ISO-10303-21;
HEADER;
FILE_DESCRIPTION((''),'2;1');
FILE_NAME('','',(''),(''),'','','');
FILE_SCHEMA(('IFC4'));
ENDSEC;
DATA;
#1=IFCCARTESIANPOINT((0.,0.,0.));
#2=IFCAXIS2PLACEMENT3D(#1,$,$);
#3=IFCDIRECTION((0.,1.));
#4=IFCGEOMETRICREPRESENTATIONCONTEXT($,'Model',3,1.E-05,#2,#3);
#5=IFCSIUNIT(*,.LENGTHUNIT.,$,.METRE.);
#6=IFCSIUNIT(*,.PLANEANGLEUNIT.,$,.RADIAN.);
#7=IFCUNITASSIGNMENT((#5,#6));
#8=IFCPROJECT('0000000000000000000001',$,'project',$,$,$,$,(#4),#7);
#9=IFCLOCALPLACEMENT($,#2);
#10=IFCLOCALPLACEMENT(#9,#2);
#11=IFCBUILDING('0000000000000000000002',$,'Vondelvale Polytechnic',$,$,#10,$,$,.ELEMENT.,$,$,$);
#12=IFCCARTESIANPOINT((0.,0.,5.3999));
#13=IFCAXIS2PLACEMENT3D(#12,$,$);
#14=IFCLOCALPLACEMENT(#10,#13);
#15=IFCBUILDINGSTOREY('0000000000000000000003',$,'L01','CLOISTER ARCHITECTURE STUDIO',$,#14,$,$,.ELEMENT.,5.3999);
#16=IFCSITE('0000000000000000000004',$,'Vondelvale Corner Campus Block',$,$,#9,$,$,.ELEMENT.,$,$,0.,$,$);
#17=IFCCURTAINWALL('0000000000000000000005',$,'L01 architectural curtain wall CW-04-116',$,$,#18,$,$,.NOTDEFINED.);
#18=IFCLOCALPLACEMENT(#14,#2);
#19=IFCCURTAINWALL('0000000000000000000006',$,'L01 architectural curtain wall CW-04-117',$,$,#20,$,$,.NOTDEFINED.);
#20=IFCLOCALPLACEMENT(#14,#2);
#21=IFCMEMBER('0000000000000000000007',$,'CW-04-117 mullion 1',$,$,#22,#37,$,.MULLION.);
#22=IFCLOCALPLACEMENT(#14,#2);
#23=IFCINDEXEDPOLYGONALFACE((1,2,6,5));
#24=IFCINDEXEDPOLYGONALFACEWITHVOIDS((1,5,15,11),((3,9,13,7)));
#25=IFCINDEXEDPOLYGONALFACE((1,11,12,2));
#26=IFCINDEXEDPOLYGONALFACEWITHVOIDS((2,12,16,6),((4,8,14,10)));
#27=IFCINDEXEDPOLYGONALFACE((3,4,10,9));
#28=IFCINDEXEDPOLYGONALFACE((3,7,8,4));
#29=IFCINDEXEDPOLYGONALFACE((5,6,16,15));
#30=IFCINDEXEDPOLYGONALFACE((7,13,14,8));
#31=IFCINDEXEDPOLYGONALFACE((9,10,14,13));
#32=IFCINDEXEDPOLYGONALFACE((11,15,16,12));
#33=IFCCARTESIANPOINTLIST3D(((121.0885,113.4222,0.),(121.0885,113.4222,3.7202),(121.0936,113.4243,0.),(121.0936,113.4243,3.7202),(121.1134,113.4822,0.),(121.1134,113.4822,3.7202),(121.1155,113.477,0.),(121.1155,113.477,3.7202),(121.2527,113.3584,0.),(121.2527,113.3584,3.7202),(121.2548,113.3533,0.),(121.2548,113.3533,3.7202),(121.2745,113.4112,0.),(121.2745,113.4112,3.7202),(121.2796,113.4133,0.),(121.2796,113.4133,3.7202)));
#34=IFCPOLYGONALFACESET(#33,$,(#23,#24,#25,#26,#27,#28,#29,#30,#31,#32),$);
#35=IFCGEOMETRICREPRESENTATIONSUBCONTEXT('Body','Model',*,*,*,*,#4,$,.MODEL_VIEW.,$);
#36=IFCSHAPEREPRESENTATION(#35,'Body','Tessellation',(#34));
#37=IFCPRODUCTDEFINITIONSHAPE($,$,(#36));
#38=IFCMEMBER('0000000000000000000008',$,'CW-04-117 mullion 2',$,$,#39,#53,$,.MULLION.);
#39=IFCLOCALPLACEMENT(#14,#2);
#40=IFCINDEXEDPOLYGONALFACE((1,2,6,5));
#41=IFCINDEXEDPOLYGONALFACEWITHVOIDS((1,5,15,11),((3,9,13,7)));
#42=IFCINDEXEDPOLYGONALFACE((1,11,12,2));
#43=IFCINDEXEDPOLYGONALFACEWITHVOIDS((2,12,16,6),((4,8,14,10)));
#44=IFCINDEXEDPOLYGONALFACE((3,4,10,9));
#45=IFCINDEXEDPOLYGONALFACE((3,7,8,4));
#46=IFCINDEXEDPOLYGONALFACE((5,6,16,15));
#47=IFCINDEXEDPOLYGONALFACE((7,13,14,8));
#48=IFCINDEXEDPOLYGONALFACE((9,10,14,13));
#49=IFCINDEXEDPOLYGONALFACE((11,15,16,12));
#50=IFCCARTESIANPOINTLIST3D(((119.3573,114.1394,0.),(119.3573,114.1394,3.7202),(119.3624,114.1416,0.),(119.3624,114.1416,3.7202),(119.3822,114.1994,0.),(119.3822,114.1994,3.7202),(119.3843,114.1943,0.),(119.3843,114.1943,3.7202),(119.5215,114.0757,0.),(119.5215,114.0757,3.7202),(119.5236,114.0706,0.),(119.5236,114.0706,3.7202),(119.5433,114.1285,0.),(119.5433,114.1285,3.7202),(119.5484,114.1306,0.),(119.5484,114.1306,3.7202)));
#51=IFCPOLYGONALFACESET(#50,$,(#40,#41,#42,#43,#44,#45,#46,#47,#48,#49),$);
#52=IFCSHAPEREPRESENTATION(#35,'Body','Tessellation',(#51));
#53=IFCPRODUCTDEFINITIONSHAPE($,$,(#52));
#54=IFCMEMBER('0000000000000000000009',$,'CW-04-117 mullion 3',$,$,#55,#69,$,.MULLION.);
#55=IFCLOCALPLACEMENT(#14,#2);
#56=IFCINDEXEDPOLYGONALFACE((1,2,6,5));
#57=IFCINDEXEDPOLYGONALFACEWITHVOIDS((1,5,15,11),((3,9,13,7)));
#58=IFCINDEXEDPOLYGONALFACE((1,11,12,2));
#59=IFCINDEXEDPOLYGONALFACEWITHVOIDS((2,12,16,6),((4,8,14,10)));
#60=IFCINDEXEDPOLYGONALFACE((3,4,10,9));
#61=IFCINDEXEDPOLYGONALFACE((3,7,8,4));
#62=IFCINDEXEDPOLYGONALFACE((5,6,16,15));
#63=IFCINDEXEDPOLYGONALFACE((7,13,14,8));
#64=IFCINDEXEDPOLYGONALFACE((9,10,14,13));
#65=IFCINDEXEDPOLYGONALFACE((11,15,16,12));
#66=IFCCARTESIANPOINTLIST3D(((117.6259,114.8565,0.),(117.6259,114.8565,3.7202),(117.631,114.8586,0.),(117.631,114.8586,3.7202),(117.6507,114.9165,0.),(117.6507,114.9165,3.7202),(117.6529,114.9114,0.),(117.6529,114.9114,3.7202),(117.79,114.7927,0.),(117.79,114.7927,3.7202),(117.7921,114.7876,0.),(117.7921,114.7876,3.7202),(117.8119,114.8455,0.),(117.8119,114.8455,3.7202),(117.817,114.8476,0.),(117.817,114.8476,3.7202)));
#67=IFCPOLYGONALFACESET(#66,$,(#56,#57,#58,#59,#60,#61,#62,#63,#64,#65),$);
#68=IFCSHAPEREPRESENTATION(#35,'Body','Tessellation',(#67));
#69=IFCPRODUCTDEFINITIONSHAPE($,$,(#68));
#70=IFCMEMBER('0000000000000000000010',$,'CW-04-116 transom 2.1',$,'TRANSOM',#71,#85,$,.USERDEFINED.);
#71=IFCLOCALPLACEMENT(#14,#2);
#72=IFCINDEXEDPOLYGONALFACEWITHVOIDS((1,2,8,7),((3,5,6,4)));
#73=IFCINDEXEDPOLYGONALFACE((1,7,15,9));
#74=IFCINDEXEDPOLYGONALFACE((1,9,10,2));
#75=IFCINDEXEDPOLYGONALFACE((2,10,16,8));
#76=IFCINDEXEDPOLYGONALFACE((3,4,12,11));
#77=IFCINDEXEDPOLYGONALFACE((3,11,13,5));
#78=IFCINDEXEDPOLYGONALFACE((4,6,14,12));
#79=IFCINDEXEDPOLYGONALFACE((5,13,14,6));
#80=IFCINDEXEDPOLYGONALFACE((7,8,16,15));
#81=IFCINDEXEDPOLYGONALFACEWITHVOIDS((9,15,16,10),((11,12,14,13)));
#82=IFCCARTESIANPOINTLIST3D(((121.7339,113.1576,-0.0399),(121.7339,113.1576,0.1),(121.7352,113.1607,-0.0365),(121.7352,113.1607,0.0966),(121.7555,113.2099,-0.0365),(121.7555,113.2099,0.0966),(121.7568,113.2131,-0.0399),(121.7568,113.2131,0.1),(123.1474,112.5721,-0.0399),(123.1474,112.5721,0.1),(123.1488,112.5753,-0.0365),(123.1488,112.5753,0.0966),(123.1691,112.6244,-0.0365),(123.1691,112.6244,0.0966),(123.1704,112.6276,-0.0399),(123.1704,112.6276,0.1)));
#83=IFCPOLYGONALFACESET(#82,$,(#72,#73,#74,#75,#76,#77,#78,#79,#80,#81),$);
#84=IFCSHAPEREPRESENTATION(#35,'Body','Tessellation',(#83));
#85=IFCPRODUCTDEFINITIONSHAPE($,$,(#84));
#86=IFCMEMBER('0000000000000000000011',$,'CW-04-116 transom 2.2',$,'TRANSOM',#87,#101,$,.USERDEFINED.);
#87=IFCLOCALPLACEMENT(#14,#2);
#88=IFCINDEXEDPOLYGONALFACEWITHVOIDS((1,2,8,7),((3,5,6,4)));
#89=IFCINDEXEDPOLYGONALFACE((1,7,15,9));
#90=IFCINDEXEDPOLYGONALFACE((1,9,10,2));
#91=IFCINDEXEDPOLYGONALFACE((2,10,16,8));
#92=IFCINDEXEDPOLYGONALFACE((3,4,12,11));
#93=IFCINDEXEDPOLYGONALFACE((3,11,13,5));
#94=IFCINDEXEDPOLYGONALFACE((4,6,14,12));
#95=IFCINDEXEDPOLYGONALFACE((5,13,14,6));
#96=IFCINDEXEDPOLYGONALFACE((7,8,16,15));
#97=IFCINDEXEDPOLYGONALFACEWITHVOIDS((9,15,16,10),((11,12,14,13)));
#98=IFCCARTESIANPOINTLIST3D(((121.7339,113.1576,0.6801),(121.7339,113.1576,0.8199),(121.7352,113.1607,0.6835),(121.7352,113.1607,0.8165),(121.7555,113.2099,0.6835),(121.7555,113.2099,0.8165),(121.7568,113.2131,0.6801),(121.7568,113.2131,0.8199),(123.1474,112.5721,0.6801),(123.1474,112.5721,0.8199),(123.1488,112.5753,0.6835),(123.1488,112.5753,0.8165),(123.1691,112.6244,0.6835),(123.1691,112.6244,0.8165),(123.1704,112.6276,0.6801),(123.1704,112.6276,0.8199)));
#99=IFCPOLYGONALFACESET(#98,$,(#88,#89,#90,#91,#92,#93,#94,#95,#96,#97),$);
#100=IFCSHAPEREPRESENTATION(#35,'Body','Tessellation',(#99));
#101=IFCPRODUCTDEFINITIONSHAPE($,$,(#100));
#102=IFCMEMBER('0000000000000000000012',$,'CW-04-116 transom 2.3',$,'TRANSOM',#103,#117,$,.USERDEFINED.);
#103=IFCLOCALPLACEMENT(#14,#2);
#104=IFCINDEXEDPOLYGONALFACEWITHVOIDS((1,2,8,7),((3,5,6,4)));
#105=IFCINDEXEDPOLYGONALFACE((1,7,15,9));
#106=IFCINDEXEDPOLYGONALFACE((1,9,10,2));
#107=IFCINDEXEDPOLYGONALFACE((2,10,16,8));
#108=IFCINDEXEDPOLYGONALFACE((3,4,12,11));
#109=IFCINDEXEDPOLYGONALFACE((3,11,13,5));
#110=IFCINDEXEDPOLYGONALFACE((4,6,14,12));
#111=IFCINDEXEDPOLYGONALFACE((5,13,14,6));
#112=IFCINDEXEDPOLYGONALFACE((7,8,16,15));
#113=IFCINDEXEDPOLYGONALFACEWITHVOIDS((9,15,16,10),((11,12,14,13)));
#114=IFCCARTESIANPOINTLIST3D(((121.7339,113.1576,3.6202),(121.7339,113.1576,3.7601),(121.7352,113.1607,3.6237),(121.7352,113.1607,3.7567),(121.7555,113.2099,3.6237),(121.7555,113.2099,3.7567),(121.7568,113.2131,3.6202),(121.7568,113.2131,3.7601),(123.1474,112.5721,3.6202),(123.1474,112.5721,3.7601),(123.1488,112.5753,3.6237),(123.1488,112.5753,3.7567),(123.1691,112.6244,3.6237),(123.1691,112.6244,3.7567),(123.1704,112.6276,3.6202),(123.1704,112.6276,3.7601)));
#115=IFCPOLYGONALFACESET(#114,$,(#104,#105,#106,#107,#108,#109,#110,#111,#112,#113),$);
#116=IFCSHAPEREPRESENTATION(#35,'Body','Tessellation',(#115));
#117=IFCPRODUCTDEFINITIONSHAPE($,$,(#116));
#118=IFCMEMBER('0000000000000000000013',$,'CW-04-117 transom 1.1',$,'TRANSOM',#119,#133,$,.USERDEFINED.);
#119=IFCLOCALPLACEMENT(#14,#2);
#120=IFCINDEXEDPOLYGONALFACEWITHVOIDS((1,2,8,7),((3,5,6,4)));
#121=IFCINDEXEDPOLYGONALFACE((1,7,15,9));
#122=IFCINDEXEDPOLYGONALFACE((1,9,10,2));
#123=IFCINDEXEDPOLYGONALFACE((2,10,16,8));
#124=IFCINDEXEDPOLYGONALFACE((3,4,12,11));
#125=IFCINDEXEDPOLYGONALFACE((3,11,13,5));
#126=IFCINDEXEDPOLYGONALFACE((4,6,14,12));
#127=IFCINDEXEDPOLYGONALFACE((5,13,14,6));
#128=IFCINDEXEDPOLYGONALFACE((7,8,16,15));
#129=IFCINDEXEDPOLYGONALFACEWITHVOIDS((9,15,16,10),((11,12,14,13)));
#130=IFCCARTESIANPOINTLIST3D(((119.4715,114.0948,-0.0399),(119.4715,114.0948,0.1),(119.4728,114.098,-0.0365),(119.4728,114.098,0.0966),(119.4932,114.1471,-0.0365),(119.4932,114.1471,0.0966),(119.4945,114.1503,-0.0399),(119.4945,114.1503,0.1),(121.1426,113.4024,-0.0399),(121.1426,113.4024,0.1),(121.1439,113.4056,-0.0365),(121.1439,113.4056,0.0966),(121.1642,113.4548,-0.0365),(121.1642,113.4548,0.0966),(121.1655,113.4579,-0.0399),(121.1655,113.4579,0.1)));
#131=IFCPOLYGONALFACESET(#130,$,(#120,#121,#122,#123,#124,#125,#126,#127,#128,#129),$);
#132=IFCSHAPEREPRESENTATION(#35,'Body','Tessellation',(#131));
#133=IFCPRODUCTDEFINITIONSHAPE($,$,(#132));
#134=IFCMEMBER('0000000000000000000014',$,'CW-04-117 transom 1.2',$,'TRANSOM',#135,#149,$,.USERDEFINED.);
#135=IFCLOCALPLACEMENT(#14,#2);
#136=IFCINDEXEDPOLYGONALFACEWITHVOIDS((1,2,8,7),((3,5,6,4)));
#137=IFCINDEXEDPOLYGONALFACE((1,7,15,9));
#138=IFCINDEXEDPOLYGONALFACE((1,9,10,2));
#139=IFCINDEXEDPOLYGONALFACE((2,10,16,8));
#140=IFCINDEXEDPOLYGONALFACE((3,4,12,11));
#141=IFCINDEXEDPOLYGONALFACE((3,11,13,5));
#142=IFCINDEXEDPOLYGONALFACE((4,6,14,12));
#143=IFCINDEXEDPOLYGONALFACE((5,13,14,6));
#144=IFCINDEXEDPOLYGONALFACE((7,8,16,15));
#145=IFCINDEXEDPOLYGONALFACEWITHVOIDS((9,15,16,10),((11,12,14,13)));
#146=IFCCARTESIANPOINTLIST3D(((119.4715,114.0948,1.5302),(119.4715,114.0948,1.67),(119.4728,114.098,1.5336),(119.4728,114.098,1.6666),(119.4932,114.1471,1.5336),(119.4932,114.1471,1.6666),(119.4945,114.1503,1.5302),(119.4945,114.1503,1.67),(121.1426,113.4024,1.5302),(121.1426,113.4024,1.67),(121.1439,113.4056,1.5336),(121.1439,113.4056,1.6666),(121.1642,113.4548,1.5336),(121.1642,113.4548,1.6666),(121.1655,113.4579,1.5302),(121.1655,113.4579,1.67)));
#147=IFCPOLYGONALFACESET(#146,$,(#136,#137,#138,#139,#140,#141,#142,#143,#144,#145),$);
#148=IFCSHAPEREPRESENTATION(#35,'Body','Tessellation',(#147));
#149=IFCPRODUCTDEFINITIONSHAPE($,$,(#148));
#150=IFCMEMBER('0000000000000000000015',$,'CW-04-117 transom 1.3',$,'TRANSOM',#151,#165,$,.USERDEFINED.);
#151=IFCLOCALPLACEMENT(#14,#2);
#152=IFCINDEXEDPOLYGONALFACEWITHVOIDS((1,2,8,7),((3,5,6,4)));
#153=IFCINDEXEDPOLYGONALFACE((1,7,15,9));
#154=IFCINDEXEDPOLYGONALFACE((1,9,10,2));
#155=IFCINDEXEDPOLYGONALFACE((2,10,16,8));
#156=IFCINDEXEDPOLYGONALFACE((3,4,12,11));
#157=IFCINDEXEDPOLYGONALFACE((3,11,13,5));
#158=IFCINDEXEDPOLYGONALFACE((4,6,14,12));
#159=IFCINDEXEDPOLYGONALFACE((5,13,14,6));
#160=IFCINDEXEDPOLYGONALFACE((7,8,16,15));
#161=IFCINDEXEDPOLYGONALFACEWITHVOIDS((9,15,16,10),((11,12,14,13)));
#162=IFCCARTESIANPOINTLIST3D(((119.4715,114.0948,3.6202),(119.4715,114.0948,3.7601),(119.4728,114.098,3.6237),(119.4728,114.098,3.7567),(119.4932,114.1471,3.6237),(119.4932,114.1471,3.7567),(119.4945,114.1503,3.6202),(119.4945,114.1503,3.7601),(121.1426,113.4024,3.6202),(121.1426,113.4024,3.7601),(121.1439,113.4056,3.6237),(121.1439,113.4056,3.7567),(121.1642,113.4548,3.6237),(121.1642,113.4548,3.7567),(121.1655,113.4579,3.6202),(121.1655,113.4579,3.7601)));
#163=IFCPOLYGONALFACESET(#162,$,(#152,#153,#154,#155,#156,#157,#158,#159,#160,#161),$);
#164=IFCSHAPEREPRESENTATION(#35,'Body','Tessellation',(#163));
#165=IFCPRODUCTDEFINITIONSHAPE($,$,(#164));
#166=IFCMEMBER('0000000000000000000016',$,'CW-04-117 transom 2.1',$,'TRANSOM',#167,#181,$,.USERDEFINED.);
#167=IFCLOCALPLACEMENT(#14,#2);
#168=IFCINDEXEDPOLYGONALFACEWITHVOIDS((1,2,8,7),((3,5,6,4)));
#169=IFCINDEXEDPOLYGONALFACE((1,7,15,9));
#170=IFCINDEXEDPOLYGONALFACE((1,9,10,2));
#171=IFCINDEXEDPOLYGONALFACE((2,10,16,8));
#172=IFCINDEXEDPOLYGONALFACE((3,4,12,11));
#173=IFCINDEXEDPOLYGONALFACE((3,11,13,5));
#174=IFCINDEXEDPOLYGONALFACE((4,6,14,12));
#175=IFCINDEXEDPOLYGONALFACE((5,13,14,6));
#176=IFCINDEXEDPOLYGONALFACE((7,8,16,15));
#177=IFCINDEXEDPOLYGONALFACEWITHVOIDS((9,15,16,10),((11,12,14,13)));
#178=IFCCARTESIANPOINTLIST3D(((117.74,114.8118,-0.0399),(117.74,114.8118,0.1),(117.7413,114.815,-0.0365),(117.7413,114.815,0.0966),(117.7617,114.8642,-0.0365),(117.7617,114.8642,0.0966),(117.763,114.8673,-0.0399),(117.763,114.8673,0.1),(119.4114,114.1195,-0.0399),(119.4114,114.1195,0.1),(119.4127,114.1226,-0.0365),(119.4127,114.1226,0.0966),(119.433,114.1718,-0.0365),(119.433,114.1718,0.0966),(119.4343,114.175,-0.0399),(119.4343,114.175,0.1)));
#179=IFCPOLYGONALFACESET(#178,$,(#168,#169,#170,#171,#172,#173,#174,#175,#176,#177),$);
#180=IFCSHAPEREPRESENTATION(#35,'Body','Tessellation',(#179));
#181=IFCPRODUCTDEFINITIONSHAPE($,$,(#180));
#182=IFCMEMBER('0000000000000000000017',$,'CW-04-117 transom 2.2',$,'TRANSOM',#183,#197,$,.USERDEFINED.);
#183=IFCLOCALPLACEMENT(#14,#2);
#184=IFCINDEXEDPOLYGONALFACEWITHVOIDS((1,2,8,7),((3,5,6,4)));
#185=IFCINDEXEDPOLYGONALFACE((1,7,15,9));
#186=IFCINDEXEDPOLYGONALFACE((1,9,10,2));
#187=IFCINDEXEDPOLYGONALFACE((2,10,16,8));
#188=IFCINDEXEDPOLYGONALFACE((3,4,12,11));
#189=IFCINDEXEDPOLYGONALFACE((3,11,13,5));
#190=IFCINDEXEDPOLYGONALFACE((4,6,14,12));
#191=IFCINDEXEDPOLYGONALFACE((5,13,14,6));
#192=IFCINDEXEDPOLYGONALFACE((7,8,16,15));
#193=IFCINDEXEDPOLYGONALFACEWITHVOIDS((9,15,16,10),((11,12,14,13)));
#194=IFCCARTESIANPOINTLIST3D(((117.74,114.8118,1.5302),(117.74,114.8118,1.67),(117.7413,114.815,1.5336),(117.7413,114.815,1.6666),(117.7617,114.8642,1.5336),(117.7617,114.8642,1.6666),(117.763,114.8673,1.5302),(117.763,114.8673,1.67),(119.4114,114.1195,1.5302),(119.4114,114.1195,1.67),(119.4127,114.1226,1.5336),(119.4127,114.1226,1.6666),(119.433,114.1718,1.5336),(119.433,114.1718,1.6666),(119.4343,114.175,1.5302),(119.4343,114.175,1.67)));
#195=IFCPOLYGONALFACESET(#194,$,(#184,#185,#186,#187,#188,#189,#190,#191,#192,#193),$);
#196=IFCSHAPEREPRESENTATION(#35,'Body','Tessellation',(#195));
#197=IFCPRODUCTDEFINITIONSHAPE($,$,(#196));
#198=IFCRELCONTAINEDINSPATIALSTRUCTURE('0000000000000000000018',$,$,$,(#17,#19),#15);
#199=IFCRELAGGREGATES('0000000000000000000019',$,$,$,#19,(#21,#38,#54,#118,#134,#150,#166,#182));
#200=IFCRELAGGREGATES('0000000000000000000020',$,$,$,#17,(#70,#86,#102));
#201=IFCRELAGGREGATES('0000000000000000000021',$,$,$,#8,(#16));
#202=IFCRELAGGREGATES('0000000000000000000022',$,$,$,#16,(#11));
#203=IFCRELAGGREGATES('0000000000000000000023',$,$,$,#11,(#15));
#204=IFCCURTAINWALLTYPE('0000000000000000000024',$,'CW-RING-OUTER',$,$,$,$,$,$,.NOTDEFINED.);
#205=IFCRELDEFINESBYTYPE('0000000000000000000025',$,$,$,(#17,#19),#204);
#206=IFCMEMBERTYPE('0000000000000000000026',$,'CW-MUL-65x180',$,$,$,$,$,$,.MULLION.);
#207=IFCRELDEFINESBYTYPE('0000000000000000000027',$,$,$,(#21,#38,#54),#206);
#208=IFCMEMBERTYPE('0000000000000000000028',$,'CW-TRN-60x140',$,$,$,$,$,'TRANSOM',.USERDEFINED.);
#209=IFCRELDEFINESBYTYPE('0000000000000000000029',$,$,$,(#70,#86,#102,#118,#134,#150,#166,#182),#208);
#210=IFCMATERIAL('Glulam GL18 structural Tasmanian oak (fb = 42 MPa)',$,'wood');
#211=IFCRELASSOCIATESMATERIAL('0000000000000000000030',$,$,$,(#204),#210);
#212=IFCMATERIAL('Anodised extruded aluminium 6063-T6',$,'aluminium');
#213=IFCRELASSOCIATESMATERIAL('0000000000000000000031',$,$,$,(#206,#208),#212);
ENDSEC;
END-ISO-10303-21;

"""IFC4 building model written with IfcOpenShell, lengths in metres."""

from ifc_helpers import new_model, si_unit, direction, frame, origin, origin_2d, place, context, subcontext, project, spatial, hollow_rectangle, extrude, material, material_profile, profile_set, type_object, element, aggregate, save


model = new_model("IFC4")

# Units and contexts
model_context = context("Model", 3, precision=1e-05, world=origin(), true_north=direction((0.0, 1.0)))
body_context = subcontext(model_context, "Body", "Model", "MODEL_VIEW")
ifc_project = project(units=[si_unit("LENGTHUNIT", "METRE"), si_unit("PLANEANGLEUNIT", "RADIAN")], contexts=[model_context])

# Site, building, storey
site_placement = place(None, origin())
site = spatial("IfcSite", under=ifc_project, at=site_placement, Name="Vondelvale Corner Campus Block", CompositionType="ELEMENT", RefElevation=0.0)
building_placement = place(site_placement, origin())
building = spatial("IfcBuilding", under=site, at=building_placement, Name="Vondelvale Polytechnic", CompositionType="ELEMENT")
storey_placement = place(building_placement, frame((0.0, 0.0, 5.3999)))
storey = spatial("IfcBuildingStorey", under=building, at=storey_placement, Name="L01", Description="CLOISTER ARCHITECTURE STUDIO", CompositionType="ELEMENT", Elevation=5.3999)

# Shared definitions
ifc_material_1 = material(Name="Glulam GL18 structural Tasmanian oak (fb = 42 MPa)", Category="wood")

# Curtain wall
curtain_wall_type = type_object("IfcCurtainWallType", Name="CW-RING-OUTER", PredefinedType="NOTDEFINED", material=ifc_material_1)
curtain_wall_1_placement = place(storey_placement, origin())
curtain_wall_1 = element("IfcCurtainWall", 1, at=curtain_wall_1_placement, inside=storey, type_object=curtain_wall_type, Name="L01 architectural curtain wall CW-04-116", PredefinedType="NOTDEFINED")
ifc_material_2 = material(Name="Anodised extruded aluminium 6063-T6", Category="aluminium")
ifc_material_profile_1 = material_profile(ifc_material_2, hollow_rectangle(XDim=0.0649, YDim=0.1799, WallThickness=0.0039, at=origin_2d()), Name="CW-MUL-180x65")
ifc_profile_set_1 = profile_set([ifc_material_profile_1], Name="Anodised extruded aluminium 6063-T6")
member_type_1 = type_object("IfcMemberType", Name="CW-MUL-65x180", PredefinedType="MULLION", material=ifc_profile_set_1)

# Curtain wall, members
curtain_wall_2_placement = place(storey_placement, origin())
curtain_wall_2 = element("IfcCurtainWall", 2, at=curtain_wall_2_placement, inside=storey, type_object=curtain_wall_type, Name="L01 architectural curtain wall CW-04-117", PredefinedType="NOTDEFINED")
member_1_placement = place(storey_placement, frame((121.1841, 113.4177, 0.0), z_axis=(0.0, 0.0, 1.0), x_axis=(-0.382695, -0.923875, 0.0)))
member_1 = element("IfcMember", 3, at=member_1_placement, type_object=member_type_1, Name="CW-04-117 mullion 1", PredefinedType="MULLION", context=body_context, shape_type="SweptSolid", body=[
    extrude(hollow_rectangle(XDim=0.0649, YDim=0.1799, WallThickness=0.0039, at=origin_2d()), origin(), (0.0, 0.0, 1.0), 3.7202),
])
member_2_placement = place(storey_placement, frame((119.4529, 114.135, 0.0), z_axis=(0.0, 0.0, 1.0), x_axis=(-0.382695, -0.923875, 0.0)))
member_2 = element("IfcMember", 4, at=member_2_placement, type_object=member_type_1, Name="CW-04-117 mullion 2", PredefinedType="MULLION", context=body_context, shape_type="SweptSolid", body=[
    extrude(hollow_rectangle(XDim=0.0649, YDim=0.1799, WallThickness=0.0039, at=origin_2d()), origin(), (0.0, 0.0, 1.0), 3.7202),
])
member_3_placement = place(storey_placement, frame((117.7214, 114.8521, 0.0), z_axis=(0.0, 0.0, 1.0), x_axis=(-0.382695, -0.923875, 0.0)))
member_3 = element("IfcMember", 5, at=member_3_placement, type_object=member_type_1, Name="CW-04-117 mullion 3", PredefinedType="MULLION", context=body_context, shape_type="SweptSolid", body=[
    extrude(hollow_rectangle(XDim=0.0649, YDim=0.1799, WallThickness=0.0039, at=origin_2d()), origin(), (0.0, 0.0, 1.0), 3.7202),
])

# Members
ifc_material_profile_2 = material_profile(ifc_material_2, hollow_rectangle(XDim=0.0601, YDim=0.1399, WallThickness=0.0034, at=origin_2d()), Name="CW-TRN-140x60")
ifc_profile_set_2 = profile_set([ifc_material_profile_2], Name="Anodised extruded aluminium 6063-T6")
member_type_2 = type_object("IfcMemberType", Name="CW-TRN-60x140", ElementType="TRANSOM", PredefinedType="USERDEFINED", material=ifc_profile_set_2)
member_4_placement = place(storey_placement, frame((123.1589, 112.5999, 0.03), z_axis=(-0.923896, 0.382643, 0.0), x_axis=(-0.382643, -0.923896, 0.0)))
member_4 = element("IfcMember", 6, at=member_4_placement, type_object=member_type_2, Name="CW-04-116 transom 2.1", ObjectType="TRANSOM", PredefinedType="USERDEFINED", context=body_context, shape_type="SweptSolid", body=[
    extrude(hollow_rectangle(XDim=0.0601, YDim=0.1399, WallThickness=0.0034, at=origin_2d()), origin(), (0.0, 0.0, 1.0), 1.53),
])
member_5_placement = place(storey_placement, frame((123.1589, 112.5999, 0.75), z_axis=(-0.923896, 0.382643, 0.0), x_axis=(-0.382643, -0.923896, 0.0)))
member_5 = element("IfcMember", 7, at=member_5_placement, type_object=member_type_2, Name="CW-04-116 transom 2.2", ObjectType="TRANSOM", PredefinedType="USERDEFINED", context=body_context, shape_type="SweptSolid", body=[
    extrude(hollow_rectangle(XDim=0.0601, YDim=0.1399, WallThickness=0.0034, at=origin_2d()), origin(), (0.0, 0.0, 1.0), 1.53),
])
member_6_placement = place(storey_placement, frame((123.1589, 112.5999, 3.6902), z_axis=(-0.923896, 0.382643, 0.0), x_axis=(-0.382643, -0.923896, 0.0)))
member_6 = element("IfcMember", 8, at=member_6_placement, type_object=member_type_2, Name="CW-04-116 transom 2.3", ObjectType="TRANSOM", PredefinedType="USERDEFINED", context=body_context, shape_type="SweptSolid", body=[
    extrude(hollow_rectangle(XDim=0.0601, YDim=0.1399, WallThickness=0.0034, at=origin_2d()), origin(), (0.0, 0.0, 1.0), 1.53),
])
member_7_placement = place(storey_placement, frame((121.1541, 113.4302, 0.03), z_axis=(-0.923846, 0.382765, 0.0), x_axis=(-0.382765, -0.923846, 0.0)))
member_7 = element("IfcMember", 9, at=member_7_placement, type_object=member_type_2, Name="CW-04-117 transom 1.1", ObjectType="TRANSOM", PredefinedType="USERDEFINED", context=body_context, shape_type="SweptSolid", body=[
    extrude(hollow_rectangle(XDim=0.0601, YDim=0.1399, WallThickness=0.0034, at=origin_2d()), origin(), (0.0, 0.0, 1.0), 1.8088),
])
member_8_placement = place(storey_placement, frame((121.1541, 113.4302, 1.6001), z_axis=(-0.923846, 0.382765, 0.0), x_axis=(-0.382765, -0.923846, 0.0)))
member_8 = element("IfcMember", 10, at=member_8_placement, type_object=member_type_2, Name="CW-04-117 transom 1.2", ObjectType="TRANSOM", PredefinedType="USERDEFINED", context=body_context, shape_type="SweptSolid", body=[
    extrude(hollow_rectangle(XDim=0.0601, YDim=0.1399, WallThickness=0.0034, at=origin_2d()), origin(), (0.0, 0.0, 1.0), 1.8088),
])
member_9_placement = place(storey_placement, frame((121.1541, 113.4302, 3.6902), z_axis=(-0.923846, 0.382765, 0.0), x_axis=(-0.382765, -0.923846, 0.0)))
member_9 = element("IfcMember", 11, at=member_9_placement, type_object=member_type_2, Name="CW-04-117 transom 1.3", ObjectType="TRANSOM", PredefinedType="USERDEFINED", context=body_context, shape_type="SweptSolid", body=[
    extrude(hollow_rectangle(XDim=0.0601, YDim=0.1399, WallThickness=0.0034, at=origin_2d()), origin(), (0.0, 0.0, 1.0), 1.8088),
])
member_10_placement = place(storey_placement, frame((119.4229, 114.1472, 0.03), z_axis=(-0.923866, 0.382717, 0.0), x_axis=(-0.382717, -0.923866, 0.0)))
member_10 = element("IfcMember", 12, at=member_10_placement, type_object=member_type_2, Name="CW-04-117 transom 2.1", ObjectType="TRANSOM", PredefinedType="USERDEFINED", context=body_context, shape_type="SweptSolid", body=[
    extrude(hollow_rectangle(XDim=0.0601, YDim=0.1399, WallThickness=0.0034, at=origin_2d()), origin(), (0.0, 0.0, 1.0), 1.8091),
])
member_11_placement = place(storey_placement, frame((119.4229, 114.1472, 1.6001), z_axis=(-0.923866, 0.382717, 0.0), x_axis=(-0.382717, -0.923866, 0.0)))
member_11 = element("IfcMember", 13, at=member_11_placement, type_object=member_type_2, Name="CW-04-117 transom 2.2", ObjectType="TRANSOM", PredefinedType="USERDEFINED", context=body_context, shape_type="SweptSolid", body=[
    extrude(hollow_rectangle(XDim=0.0601, YDim=0.1399, WallThickness=0.0034, at=origin_2d()), origin(), (0.0, 0.0, 1.0), 1.8091),
])

aggregate(curtain_wall_2, [member_1, member_2, member_3, member_7, member_8, member_9, member_10, member_11])
aggregate(curtain_wall_1, [member_4, member_5, member_6])

save(model, "model.ifc")
